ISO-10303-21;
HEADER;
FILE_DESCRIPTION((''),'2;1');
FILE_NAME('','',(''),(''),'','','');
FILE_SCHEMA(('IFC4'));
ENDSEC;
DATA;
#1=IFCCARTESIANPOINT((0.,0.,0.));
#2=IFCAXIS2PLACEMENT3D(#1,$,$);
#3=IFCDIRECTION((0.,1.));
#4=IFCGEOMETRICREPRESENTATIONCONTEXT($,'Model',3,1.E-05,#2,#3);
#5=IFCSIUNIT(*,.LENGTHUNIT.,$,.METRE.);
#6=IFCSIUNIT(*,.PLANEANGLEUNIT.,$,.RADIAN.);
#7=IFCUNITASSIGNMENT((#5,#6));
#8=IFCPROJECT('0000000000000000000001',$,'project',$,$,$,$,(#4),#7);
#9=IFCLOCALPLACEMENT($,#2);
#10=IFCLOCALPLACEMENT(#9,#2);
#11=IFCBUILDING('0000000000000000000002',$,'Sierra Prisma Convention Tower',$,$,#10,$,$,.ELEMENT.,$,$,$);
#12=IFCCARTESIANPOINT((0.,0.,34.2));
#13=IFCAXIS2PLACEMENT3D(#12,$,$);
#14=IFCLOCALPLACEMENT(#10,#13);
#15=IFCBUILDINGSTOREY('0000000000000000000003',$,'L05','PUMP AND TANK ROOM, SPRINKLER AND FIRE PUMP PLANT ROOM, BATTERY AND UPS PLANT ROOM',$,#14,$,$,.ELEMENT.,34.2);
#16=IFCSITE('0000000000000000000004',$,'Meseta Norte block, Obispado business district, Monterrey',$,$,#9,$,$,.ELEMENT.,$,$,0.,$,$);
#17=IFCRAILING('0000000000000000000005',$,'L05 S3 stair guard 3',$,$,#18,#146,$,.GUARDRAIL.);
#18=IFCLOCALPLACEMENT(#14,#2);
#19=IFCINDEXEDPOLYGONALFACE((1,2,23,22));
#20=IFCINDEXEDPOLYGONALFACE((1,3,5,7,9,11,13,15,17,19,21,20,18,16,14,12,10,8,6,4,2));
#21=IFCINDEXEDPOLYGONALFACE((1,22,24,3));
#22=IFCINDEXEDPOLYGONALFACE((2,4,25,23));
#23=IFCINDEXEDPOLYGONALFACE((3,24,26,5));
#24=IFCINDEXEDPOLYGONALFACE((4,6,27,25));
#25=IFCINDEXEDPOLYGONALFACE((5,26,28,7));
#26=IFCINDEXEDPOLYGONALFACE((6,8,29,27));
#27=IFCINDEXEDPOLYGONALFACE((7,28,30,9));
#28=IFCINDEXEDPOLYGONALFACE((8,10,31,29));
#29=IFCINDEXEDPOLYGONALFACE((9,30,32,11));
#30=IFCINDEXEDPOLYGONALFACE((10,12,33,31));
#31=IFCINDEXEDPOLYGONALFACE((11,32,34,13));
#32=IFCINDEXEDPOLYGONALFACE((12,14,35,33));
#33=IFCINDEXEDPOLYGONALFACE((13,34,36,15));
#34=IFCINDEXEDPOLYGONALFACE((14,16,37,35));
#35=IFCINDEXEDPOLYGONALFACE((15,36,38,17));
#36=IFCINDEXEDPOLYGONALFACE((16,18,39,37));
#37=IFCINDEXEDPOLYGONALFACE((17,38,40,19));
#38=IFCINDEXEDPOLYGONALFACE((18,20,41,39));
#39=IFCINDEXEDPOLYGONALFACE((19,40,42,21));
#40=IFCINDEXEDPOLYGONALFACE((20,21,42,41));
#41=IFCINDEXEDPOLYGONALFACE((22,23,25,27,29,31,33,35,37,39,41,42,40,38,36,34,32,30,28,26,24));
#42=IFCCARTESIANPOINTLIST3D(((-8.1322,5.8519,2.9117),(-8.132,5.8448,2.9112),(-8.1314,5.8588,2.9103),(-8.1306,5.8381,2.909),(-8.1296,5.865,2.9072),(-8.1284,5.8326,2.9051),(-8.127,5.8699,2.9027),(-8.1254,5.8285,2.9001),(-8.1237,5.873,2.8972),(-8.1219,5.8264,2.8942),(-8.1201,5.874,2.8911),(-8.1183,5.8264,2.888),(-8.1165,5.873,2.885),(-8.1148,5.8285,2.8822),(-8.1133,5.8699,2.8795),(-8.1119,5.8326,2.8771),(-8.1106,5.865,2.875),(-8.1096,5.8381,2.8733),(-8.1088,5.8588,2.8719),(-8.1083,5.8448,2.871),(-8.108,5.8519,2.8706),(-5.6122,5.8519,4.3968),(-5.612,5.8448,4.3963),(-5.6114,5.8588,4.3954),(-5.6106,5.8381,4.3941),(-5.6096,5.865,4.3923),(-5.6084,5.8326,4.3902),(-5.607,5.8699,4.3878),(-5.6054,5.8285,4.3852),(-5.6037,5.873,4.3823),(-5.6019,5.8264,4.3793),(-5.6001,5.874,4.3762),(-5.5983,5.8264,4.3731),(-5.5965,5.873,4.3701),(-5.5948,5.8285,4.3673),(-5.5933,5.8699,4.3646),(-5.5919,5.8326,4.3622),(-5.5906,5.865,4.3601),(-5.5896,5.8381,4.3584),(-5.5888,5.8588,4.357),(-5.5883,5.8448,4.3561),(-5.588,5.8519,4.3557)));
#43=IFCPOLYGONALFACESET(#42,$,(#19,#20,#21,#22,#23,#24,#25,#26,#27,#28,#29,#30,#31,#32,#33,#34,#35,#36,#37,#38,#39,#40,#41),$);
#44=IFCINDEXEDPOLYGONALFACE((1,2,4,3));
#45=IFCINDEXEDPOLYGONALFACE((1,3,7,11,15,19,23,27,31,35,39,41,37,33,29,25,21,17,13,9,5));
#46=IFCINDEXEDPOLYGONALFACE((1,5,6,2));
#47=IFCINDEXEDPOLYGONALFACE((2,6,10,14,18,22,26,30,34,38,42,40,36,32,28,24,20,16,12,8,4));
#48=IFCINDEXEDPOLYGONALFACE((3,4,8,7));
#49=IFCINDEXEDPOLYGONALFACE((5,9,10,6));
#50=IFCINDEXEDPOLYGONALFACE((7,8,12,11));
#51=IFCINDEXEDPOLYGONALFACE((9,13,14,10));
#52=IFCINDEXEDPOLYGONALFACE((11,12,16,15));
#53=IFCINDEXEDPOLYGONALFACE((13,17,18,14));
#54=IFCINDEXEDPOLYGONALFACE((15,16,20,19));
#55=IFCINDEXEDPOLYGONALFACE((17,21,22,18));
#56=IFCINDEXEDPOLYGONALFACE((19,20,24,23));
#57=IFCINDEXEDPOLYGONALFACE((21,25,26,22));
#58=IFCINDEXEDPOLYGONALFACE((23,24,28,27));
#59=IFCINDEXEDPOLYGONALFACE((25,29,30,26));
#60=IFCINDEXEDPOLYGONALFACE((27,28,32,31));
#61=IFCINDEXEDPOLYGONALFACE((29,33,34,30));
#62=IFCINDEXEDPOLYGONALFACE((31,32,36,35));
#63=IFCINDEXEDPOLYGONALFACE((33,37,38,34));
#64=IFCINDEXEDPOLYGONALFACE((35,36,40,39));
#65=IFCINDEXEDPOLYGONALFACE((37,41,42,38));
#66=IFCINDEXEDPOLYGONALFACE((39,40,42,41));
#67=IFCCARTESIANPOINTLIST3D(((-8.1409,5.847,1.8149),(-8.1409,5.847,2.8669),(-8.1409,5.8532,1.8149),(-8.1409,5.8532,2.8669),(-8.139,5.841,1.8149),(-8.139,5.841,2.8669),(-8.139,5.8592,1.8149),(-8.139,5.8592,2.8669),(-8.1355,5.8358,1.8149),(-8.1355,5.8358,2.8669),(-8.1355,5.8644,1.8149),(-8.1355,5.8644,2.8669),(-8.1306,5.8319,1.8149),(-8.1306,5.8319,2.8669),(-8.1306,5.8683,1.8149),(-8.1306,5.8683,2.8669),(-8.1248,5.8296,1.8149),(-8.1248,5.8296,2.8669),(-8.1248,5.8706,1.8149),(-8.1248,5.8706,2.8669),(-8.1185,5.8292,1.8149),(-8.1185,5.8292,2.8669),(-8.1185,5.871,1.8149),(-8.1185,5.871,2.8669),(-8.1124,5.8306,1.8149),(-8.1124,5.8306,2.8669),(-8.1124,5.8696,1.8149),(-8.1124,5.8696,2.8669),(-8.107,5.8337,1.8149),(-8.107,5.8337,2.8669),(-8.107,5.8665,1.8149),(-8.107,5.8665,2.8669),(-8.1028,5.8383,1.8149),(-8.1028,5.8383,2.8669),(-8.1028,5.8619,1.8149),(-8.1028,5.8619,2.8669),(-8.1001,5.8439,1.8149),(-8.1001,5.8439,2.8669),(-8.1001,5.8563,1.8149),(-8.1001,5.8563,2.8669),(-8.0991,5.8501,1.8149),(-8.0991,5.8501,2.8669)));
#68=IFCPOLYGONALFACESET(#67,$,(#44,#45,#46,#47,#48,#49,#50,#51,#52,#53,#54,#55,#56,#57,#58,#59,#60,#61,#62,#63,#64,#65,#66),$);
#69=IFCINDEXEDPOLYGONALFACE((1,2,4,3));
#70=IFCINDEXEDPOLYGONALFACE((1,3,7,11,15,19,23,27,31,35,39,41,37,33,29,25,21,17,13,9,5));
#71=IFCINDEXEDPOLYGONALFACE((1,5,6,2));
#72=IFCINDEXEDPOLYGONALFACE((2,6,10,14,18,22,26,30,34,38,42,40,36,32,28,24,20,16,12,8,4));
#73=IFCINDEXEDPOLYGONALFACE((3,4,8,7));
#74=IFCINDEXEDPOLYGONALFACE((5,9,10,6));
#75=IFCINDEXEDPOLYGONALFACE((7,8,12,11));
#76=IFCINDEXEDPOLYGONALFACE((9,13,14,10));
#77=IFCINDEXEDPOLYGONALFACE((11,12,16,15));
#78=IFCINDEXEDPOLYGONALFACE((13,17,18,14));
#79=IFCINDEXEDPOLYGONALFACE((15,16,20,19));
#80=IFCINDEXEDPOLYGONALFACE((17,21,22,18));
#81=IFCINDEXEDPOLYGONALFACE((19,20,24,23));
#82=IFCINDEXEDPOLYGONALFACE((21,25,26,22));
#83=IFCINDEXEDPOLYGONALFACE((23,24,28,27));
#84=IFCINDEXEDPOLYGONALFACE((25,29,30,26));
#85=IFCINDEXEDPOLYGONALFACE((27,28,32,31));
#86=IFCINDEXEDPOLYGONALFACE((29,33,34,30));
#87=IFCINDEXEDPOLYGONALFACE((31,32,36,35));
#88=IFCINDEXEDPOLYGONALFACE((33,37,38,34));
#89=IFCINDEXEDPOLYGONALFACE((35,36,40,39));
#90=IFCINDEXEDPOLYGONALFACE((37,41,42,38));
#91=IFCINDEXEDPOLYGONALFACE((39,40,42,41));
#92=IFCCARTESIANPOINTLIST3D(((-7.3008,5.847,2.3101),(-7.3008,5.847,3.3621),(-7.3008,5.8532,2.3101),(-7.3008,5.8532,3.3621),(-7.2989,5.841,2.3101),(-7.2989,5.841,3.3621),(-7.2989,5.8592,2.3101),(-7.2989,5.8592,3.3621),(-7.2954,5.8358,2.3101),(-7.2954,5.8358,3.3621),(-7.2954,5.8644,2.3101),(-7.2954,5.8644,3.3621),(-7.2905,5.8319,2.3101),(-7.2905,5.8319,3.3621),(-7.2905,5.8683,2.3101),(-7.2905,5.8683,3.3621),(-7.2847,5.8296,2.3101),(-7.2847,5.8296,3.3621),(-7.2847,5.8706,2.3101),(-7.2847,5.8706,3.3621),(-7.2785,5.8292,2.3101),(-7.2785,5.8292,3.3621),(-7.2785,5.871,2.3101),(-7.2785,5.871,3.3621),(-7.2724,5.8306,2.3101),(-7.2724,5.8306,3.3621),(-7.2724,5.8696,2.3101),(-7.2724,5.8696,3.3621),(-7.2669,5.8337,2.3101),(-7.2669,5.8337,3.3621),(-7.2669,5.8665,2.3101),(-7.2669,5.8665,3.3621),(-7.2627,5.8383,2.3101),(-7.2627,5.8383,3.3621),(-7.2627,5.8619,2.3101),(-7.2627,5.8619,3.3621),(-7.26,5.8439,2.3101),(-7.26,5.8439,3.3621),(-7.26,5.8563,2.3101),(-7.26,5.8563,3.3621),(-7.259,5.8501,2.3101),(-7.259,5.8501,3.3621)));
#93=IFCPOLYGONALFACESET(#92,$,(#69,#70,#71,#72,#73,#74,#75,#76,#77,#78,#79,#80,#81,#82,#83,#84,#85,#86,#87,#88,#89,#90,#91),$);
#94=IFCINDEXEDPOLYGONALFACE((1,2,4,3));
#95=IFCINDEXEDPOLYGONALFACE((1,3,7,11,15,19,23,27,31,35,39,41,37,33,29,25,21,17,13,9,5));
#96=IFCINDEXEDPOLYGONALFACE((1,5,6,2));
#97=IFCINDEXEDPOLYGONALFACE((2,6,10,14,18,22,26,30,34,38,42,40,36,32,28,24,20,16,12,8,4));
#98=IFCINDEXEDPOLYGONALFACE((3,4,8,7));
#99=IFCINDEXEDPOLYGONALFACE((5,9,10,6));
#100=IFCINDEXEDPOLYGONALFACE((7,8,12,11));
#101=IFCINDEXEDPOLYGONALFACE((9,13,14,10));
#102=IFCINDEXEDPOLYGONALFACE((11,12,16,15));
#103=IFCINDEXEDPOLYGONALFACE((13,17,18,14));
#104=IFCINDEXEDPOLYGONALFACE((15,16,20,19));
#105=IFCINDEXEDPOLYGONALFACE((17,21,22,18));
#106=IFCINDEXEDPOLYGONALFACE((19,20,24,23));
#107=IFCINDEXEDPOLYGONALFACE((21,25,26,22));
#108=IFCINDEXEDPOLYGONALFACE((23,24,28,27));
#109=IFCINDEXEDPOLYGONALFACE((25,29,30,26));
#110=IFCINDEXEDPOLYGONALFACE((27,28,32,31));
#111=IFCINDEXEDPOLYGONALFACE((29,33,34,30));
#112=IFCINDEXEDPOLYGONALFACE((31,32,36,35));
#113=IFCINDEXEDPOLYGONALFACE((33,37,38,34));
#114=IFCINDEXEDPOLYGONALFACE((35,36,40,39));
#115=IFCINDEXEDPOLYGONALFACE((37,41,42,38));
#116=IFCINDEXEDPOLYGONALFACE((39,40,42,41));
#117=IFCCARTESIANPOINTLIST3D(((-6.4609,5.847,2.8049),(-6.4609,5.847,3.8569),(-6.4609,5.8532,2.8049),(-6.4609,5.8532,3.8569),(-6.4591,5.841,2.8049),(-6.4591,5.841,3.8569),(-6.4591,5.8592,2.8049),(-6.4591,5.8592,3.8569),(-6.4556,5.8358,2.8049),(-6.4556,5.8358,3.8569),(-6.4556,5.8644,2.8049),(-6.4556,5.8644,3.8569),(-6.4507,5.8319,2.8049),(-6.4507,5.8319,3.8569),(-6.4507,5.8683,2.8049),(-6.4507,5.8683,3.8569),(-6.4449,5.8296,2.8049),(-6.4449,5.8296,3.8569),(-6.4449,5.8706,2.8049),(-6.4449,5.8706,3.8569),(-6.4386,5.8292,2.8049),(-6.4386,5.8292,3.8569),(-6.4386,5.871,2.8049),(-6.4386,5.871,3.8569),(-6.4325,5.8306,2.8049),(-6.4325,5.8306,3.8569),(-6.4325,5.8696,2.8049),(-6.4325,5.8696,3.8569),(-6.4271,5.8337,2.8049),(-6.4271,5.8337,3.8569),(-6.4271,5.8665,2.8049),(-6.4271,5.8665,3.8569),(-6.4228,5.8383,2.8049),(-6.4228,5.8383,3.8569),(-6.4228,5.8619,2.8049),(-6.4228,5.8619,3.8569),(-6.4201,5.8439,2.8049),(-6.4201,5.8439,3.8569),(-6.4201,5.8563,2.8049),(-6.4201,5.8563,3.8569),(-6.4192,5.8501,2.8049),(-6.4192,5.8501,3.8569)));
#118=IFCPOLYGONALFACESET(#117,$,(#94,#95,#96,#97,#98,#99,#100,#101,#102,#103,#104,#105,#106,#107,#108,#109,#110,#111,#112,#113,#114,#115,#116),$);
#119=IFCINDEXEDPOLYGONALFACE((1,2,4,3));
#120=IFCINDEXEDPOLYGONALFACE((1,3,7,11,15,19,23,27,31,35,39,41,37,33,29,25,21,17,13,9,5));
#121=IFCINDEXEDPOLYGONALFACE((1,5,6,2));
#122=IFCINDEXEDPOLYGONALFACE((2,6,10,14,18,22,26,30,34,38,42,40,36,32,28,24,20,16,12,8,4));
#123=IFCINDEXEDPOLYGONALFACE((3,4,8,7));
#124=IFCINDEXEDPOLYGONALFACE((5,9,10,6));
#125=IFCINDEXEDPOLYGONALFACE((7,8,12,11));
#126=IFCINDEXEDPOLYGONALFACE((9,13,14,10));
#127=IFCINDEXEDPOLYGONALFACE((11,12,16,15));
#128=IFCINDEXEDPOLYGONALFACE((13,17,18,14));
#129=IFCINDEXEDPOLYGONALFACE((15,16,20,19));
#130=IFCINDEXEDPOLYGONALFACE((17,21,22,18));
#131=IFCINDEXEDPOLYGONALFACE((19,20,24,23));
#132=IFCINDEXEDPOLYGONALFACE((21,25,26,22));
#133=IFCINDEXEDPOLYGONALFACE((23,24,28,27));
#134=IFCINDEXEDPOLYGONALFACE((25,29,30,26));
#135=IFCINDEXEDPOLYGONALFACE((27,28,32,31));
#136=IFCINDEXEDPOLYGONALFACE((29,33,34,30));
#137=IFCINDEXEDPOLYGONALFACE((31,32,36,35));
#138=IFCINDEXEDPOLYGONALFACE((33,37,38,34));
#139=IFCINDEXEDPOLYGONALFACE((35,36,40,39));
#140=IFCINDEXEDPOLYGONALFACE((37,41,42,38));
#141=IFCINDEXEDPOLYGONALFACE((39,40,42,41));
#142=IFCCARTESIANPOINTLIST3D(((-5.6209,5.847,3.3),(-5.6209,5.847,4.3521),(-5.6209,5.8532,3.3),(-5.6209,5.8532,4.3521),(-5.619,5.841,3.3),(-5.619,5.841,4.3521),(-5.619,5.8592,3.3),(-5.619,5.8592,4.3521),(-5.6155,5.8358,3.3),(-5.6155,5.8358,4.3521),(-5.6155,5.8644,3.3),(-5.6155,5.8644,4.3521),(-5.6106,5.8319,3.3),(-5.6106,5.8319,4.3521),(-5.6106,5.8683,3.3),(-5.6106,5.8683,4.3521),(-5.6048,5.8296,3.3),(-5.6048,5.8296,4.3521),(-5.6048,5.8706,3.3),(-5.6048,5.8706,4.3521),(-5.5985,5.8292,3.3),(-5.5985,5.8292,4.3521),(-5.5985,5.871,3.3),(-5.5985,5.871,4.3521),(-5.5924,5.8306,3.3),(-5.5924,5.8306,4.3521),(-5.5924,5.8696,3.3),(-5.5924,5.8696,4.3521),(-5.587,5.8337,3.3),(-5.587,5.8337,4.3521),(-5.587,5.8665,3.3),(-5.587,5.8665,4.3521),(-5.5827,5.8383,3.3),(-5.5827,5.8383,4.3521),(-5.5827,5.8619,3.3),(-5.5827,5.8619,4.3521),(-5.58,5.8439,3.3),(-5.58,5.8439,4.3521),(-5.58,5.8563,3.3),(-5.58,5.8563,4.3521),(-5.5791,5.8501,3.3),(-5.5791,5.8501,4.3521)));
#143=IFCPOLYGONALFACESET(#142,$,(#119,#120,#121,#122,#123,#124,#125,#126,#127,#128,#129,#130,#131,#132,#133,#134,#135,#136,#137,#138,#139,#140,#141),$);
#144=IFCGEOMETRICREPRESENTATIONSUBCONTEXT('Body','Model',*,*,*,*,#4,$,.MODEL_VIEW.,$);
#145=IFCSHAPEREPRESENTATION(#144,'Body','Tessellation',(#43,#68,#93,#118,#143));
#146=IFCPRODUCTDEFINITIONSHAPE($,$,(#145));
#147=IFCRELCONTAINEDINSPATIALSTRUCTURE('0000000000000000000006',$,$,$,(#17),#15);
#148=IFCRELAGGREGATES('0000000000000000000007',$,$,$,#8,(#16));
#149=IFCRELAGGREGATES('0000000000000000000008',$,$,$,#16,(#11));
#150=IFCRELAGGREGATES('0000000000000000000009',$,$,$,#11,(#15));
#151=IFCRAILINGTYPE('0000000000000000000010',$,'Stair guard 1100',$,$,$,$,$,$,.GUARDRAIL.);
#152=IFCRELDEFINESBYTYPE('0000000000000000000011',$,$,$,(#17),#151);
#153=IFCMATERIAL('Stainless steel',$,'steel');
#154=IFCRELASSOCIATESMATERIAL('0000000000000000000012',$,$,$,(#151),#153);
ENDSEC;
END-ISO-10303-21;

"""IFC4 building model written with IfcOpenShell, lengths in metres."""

from ifc_helpers import new_model, si_unit, direction, frame, origin, origin_2d, place, context, subcontext, project, spatial, circle, extrude, material, type_object, element, save


model = new_model("IFC4")

# Units and contexts
model_context = context("Model", 3, precision=1e-05, world=origin(), true_north=direction((0.0, 1.0)))
body_context = subcontext(model_context, "Body", "Model", "MODEL_VIEW")
ifc_project = project(units=[si_unit("LENGTHUNIT", "METRE"), si_unit("PLANEANGLEUNIT", "RADIAN")], contexts=[model_context])

# Site, building, storey
site_placement = place(None, origin())
site = spatial("IfcSite", under=ifc_project, at=site_placement, Name="Meseta Norte block, Obispado business district, Monterrey", CompositionType="ELEMENT", RefElevation=0.0)
building_placement = place(site_placement, origin())
building = spatial("IfcBuilding", under=site, at=building_placement, Name="Sierra Prisma Convention Tower", CompositionType="ELEMENT")
storey_placement = place(building_placement, frame((0.0, 0.0, 34.2)))
storey = spatial("IfcBuildingStorey", under=building, at=storey_placement, Name="L05", Description="PUMP AND TANK ROOM, SPRINKLER AND FIRE PUMP PLANT ROOM, BATTERY AND UPS PLANT ROOM", CompositionType="ELEMENT", Elevation=34.2)

# Railing
ifc_material_1 = material(Name="Stainless steel", Category="steel")
railing_type_1 = type_object("IfcRailingType", Name="Stair guard 1100", PredefinedType="GUARDRAIL", material=ifc_material_1)
railing_1_placement = place(storey_placement, frame((-8.1201, 5.8501, 1.8149)))
element("IfcRailing", 1, at=railing_1_placement, inside=storey, type_object=railing_type_1, Name="L05 S3 stair guard 3", PredefinedType="GUARDRAIL", context=body_context, shape_type="SweptSolid", body=[
    extrude(circle(Radius=0.0239, at=origin_2d()), frame((0.0, 0.0, 1.0762), z_axis=(0.861524, 0.0, 0.507717), x_axis=(0.0, 1.0, 0.0)), (0.0, 0.0, 1.0), 2.925),
    extrude(circle(Radius=0.021, at=origin_2d()), origin(), (0.0, 0.0, 1.0), 1.052),
    extrude(circle(Radius=0.021, at=origin_2d()), frame((0.8401, 0.0, 0.4951)), (0.0, 0.0, 1.0), 1.052),
    extrude(circle(Radius=0.021, at=origin_2d()), frame((1.6799, 0.0, 0.99)), (0.0, 0.0, 1.0), 1.052),
    extrude(circle(Radius=0.021, at=origin_2d()), frame((2.52, 0.0, 1.4851)), (0.0, 0.0, 1.0), 1.052),
])

save(model, "model.ifc")
